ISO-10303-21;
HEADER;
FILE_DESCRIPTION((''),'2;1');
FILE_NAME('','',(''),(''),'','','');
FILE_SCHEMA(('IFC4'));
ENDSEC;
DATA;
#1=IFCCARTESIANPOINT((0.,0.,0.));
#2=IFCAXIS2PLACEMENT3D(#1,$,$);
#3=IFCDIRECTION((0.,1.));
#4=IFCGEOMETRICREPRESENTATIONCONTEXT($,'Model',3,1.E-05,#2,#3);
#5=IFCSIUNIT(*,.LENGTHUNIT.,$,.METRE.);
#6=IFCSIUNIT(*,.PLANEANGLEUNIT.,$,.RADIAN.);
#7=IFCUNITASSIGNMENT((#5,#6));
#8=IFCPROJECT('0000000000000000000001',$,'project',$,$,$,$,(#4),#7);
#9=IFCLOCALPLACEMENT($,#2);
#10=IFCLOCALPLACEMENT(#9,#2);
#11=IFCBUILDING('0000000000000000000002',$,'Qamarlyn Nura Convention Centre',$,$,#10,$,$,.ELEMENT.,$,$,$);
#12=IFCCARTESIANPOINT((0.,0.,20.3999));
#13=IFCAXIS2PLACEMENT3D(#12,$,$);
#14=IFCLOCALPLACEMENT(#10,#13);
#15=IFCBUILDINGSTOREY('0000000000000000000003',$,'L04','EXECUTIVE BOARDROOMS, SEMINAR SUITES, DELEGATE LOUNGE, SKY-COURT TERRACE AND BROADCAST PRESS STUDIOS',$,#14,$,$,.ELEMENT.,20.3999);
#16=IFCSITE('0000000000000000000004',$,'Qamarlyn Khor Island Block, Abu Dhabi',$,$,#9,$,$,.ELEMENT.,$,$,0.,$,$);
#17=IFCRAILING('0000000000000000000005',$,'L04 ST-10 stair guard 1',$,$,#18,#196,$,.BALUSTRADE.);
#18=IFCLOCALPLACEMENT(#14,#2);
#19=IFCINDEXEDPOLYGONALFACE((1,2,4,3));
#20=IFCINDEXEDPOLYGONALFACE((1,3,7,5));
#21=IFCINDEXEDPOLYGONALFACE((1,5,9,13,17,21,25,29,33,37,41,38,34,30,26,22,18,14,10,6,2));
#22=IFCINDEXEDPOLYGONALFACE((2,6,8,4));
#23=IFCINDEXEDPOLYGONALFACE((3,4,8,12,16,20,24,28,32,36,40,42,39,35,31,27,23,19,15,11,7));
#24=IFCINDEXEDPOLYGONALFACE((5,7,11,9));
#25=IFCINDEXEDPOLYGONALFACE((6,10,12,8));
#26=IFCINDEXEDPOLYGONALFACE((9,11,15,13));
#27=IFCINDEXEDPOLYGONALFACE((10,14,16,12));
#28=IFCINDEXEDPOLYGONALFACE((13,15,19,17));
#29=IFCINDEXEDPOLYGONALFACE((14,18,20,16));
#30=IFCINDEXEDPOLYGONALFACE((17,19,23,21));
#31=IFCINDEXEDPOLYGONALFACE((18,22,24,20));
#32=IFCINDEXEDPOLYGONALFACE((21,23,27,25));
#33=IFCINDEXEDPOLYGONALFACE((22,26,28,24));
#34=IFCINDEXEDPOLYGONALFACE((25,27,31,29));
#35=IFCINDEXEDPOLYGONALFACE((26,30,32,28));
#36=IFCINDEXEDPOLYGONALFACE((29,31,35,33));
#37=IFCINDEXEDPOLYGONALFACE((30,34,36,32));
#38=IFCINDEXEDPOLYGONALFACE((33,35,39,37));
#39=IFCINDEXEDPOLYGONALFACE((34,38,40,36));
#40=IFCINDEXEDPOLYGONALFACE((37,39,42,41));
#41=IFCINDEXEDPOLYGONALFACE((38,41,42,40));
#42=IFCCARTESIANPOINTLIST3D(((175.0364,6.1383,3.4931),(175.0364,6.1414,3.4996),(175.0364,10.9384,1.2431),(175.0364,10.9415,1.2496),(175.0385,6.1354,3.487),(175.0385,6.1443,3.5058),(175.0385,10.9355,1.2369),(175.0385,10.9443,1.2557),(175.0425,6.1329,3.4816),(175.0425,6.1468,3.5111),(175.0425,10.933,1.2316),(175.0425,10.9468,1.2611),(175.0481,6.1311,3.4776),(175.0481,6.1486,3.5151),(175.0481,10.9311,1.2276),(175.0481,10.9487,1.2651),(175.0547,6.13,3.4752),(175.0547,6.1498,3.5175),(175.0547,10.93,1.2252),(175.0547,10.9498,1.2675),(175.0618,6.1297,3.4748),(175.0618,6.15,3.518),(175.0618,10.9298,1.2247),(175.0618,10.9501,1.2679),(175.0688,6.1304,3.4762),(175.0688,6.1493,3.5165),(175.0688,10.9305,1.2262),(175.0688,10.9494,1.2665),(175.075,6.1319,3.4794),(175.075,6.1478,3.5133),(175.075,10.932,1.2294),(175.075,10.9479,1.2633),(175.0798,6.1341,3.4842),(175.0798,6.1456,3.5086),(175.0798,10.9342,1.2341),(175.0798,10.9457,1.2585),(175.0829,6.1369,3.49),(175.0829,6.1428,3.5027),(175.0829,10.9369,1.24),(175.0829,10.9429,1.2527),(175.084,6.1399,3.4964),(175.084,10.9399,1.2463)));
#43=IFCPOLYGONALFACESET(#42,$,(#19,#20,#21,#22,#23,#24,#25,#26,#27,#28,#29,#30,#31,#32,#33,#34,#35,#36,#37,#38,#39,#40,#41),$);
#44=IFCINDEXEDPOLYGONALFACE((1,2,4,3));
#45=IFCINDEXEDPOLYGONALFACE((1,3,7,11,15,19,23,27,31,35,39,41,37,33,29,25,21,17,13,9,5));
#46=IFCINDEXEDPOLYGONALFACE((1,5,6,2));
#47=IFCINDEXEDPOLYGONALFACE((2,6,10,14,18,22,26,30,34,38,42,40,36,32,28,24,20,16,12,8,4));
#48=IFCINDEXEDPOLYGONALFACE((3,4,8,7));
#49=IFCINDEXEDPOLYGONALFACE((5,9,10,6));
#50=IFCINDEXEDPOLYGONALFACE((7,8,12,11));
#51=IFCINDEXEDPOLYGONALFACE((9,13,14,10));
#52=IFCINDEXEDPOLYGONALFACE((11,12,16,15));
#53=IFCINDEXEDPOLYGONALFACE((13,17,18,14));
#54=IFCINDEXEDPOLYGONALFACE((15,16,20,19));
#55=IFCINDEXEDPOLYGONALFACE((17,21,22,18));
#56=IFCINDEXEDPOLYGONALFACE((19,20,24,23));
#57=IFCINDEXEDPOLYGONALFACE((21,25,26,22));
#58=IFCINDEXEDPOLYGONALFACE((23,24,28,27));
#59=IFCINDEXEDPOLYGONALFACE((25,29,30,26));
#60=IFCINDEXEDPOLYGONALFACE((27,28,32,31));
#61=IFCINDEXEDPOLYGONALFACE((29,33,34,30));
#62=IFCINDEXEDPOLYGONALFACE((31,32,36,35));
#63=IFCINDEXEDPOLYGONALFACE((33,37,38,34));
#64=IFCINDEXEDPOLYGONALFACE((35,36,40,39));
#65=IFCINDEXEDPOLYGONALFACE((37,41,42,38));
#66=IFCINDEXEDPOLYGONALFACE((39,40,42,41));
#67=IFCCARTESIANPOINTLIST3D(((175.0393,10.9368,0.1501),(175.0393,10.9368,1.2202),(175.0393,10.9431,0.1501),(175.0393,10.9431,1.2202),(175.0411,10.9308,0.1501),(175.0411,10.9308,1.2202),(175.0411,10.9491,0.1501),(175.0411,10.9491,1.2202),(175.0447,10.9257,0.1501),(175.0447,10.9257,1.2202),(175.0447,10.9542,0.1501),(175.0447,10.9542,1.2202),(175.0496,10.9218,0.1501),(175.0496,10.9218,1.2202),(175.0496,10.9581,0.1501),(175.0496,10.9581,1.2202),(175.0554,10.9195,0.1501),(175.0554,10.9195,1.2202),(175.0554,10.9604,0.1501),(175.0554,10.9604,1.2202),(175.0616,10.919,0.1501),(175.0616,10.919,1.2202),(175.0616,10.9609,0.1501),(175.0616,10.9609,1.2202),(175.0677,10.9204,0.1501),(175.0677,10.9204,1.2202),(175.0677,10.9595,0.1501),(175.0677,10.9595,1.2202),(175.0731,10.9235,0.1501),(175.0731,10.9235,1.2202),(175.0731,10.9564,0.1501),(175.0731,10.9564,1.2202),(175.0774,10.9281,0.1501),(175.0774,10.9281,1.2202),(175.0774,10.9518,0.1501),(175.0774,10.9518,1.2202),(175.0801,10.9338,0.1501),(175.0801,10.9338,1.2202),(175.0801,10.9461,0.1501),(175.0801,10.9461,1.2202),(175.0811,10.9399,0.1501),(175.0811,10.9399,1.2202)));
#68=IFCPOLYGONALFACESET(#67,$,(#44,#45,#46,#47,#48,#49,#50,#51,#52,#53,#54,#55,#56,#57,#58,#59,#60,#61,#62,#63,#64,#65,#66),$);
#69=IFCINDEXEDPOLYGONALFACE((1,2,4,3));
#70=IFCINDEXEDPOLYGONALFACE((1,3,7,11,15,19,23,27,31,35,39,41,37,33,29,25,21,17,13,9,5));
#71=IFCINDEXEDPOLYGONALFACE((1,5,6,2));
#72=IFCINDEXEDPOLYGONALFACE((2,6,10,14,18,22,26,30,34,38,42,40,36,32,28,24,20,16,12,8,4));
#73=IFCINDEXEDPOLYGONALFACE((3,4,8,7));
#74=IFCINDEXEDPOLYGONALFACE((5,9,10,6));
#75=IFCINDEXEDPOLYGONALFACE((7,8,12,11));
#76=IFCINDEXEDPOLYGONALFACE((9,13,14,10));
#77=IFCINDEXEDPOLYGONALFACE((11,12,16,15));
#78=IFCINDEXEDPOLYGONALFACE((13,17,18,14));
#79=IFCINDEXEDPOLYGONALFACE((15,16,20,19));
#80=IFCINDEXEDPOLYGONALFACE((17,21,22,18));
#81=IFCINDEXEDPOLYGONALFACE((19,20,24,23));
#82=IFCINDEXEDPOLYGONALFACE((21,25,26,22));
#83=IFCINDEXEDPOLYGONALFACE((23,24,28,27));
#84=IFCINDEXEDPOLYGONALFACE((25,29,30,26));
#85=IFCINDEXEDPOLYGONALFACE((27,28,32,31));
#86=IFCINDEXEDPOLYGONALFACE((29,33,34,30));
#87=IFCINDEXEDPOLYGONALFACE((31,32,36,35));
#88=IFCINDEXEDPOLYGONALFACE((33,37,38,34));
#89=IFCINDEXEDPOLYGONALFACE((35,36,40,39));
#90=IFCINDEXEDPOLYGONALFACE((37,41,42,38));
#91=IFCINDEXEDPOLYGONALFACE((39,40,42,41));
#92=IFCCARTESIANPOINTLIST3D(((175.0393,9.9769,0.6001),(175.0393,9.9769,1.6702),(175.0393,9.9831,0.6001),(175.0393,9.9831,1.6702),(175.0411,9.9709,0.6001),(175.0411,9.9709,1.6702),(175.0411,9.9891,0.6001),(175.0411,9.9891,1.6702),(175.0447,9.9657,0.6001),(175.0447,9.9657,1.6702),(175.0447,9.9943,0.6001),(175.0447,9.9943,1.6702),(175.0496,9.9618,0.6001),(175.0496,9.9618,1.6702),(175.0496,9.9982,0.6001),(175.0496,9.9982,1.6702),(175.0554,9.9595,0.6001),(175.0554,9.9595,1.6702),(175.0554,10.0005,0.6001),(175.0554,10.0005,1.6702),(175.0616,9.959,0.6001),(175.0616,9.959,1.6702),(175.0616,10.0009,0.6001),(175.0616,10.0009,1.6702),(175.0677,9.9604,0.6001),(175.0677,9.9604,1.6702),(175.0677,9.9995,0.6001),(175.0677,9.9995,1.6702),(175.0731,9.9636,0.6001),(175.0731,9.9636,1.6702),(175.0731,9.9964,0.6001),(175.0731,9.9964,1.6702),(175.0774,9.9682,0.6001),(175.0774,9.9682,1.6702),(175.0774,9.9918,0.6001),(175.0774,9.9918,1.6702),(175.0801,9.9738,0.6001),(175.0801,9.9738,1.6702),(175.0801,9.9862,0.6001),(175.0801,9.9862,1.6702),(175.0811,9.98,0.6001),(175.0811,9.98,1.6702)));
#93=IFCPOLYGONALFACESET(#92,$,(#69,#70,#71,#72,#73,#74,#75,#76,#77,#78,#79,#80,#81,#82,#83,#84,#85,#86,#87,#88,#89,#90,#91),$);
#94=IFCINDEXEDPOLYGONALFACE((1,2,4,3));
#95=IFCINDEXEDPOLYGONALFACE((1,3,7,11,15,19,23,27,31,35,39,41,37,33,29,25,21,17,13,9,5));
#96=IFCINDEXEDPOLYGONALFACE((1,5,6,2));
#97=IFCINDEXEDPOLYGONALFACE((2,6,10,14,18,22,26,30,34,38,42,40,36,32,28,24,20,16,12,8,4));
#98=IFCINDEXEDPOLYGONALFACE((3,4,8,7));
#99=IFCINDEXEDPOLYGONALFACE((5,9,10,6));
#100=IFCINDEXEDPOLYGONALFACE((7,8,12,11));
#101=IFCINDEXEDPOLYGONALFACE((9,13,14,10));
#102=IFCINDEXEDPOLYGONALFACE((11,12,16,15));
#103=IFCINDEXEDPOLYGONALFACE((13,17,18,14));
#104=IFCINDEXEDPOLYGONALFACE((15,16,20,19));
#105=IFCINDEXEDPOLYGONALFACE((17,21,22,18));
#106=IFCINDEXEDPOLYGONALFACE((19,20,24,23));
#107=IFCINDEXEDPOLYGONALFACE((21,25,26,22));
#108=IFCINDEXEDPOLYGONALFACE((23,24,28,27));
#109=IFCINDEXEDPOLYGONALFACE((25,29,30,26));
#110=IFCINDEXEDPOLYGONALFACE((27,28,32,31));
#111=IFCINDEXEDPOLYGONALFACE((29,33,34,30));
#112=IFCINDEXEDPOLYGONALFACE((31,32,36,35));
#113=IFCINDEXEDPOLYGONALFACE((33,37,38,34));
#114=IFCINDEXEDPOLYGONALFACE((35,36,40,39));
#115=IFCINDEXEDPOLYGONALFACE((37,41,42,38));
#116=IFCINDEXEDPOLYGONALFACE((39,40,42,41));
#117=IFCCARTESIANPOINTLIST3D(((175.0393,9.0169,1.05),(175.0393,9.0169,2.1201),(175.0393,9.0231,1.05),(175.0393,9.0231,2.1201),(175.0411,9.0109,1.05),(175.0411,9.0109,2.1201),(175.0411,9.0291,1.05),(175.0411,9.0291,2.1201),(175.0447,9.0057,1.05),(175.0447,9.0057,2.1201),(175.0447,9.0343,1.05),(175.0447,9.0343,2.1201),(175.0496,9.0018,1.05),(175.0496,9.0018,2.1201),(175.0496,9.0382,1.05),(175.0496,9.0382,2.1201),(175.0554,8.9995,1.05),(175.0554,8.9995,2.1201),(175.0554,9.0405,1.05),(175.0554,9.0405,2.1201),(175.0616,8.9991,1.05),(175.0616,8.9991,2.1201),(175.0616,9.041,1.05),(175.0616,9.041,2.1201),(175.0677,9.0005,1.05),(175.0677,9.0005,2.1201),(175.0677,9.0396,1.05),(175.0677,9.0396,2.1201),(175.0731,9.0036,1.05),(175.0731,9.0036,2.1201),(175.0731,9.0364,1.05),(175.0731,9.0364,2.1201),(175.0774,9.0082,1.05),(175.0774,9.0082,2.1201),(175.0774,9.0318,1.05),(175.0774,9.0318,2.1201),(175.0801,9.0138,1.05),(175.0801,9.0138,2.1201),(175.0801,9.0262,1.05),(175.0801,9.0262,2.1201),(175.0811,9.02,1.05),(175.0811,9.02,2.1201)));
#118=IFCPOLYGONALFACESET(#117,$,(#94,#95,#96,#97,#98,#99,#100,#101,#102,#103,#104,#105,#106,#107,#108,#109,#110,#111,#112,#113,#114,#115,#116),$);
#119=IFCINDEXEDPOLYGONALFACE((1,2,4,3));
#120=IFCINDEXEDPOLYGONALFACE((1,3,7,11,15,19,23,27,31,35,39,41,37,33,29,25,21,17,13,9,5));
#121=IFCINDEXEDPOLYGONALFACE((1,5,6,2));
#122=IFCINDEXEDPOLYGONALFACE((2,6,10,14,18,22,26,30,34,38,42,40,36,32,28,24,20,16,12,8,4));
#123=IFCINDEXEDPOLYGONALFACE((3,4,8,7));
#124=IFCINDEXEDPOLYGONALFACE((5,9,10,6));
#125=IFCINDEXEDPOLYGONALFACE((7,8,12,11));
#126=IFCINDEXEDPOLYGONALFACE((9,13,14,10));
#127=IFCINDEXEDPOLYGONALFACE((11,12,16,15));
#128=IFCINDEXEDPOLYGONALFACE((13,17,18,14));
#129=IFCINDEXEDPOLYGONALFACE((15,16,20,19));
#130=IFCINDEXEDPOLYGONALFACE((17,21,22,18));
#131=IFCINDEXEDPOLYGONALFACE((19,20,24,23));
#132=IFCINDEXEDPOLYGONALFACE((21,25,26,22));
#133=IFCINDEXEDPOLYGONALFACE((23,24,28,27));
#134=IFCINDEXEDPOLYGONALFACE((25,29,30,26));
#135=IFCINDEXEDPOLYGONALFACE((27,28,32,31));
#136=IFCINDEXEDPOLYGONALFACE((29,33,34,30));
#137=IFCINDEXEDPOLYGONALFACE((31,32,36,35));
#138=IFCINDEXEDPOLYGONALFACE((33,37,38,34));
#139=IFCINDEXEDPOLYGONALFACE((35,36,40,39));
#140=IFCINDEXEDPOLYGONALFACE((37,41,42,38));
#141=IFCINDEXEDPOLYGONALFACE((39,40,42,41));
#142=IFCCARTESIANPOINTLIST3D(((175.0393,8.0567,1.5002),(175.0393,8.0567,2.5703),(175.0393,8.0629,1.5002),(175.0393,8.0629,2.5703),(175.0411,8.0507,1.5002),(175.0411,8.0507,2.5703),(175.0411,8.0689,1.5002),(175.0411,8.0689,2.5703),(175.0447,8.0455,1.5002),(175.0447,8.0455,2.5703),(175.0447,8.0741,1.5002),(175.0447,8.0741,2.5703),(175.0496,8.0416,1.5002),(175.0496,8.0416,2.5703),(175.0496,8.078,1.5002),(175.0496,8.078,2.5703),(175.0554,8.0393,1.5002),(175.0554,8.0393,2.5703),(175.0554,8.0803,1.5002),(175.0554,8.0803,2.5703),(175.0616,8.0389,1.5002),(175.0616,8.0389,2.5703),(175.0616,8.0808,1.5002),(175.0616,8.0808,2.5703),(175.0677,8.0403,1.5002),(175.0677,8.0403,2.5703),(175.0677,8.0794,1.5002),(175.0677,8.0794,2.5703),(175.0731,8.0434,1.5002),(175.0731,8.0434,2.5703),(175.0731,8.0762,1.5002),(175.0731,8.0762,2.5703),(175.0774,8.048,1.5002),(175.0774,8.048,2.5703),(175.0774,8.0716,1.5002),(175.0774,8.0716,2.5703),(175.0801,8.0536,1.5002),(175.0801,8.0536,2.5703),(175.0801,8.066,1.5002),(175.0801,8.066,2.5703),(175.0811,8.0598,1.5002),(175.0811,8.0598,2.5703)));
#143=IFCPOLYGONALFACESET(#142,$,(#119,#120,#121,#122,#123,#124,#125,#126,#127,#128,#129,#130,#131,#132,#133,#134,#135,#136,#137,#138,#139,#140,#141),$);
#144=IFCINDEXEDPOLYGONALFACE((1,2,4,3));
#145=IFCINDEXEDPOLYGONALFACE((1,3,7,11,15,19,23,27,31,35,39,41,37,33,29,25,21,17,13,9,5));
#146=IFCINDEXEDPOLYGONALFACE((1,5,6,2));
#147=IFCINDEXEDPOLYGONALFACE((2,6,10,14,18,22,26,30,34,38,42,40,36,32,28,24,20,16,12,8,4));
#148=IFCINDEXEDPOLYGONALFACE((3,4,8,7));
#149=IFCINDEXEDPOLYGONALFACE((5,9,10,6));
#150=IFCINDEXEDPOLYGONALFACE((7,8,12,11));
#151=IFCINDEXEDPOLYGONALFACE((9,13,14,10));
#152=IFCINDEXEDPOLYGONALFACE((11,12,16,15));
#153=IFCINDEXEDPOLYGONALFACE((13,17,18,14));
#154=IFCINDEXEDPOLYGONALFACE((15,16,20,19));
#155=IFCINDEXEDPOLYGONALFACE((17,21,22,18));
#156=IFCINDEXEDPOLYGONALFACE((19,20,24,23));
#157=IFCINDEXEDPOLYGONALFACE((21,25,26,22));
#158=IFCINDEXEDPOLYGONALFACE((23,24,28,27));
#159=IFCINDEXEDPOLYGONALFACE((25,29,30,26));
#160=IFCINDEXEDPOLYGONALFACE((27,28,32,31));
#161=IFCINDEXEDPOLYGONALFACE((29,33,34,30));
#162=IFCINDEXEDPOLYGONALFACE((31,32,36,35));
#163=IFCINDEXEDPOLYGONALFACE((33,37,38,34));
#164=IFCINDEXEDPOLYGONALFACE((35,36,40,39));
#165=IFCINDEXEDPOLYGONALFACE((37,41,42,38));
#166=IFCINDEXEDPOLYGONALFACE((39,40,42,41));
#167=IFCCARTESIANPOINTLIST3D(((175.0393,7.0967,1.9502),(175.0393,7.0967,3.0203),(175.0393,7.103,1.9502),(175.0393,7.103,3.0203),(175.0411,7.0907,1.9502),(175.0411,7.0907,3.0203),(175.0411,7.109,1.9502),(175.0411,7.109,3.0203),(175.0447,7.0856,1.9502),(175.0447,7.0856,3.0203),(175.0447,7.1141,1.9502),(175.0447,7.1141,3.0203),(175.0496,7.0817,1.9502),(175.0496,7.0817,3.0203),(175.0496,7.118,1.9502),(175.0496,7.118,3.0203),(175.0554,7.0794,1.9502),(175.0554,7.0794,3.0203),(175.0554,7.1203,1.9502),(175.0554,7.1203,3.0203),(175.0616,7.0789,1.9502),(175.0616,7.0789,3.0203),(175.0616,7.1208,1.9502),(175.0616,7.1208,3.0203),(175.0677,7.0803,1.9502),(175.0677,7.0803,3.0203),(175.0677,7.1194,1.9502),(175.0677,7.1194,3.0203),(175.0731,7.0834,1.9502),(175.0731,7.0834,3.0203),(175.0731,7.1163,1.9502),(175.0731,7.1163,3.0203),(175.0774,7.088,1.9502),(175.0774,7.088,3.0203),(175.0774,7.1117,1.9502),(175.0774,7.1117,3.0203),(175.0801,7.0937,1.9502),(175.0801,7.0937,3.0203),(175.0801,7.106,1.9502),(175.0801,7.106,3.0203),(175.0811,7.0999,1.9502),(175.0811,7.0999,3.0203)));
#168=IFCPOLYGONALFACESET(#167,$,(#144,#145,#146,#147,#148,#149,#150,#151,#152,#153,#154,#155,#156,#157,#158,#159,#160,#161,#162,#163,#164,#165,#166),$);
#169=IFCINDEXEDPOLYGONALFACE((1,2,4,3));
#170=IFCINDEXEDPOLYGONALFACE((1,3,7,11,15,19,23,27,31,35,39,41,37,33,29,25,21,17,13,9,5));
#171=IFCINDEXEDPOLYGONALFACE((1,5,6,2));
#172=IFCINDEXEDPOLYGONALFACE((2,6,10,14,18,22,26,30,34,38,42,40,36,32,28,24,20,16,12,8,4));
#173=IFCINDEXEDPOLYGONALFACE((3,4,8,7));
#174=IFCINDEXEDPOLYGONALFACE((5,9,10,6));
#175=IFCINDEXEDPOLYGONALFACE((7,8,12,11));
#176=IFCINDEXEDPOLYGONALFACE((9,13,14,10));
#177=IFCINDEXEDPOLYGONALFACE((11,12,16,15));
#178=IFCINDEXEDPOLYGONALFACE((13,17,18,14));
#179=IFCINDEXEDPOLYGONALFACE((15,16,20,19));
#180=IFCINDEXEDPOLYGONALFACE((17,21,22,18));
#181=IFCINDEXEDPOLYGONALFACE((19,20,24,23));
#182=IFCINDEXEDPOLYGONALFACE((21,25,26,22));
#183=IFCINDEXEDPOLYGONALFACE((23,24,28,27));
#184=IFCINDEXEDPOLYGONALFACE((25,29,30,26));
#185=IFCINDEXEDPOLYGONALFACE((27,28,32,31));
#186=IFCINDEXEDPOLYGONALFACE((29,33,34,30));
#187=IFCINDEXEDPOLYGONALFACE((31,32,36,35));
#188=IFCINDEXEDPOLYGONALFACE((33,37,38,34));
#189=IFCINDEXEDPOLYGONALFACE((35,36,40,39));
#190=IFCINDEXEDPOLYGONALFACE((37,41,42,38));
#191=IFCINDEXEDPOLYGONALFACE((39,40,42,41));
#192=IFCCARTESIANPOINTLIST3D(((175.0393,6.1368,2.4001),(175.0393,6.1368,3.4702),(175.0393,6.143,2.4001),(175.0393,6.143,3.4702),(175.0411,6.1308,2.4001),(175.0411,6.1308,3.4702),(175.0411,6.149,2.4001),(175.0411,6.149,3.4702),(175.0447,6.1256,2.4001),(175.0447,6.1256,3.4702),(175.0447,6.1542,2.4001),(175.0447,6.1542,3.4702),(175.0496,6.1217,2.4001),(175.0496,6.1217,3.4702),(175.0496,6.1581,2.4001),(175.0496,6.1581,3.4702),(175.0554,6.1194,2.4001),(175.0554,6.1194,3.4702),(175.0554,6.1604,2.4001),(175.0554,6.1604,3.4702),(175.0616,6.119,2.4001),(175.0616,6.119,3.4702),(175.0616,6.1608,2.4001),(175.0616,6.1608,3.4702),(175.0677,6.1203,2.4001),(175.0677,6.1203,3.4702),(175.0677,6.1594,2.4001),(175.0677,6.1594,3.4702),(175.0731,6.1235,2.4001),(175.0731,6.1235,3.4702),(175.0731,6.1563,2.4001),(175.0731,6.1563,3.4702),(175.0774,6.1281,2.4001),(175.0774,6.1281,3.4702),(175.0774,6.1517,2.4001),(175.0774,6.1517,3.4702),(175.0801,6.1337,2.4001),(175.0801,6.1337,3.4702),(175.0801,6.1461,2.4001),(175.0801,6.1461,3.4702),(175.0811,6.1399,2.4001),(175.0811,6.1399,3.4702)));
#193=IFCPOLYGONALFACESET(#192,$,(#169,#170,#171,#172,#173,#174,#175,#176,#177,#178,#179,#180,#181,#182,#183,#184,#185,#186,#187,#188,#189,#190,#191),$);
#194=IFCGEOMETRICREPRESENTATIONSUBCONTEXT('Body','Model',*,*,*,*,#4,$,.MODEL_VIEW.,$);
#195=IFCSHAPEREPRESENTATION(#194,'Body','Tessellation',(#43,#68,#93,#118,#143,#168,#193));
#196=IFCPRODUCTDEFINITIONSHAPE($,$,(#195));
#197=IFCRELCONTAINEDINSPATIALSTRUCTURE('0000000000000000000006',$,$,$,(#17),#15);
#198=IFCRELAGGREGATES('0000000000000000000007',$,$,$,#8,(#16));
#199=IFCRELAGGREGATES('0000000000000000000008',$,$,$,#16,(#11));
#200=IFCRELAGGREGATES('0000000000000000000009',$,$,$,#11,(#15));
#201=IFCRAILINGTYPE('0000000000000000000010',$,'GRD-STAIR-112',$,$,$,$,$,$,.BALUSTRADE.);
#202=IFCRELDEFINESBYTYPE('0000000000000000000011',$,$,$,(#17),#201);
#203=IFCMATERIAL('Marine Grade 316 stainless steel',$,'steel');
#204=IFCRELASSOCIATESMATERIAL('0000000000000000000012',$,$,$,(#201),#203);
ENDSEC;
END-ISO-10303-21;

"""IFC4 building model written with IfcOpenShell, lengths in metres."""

from ifc_helpers import new_model, si_unit, direction, frame, origin, origin_2d, place, context, subcontext, project, spatial, circle, extrude, material, type_object, element, save


model = new_model("IFC4")

# Units and contexts
model_context = context("Model", 3, precision=1e-05, world=origin(), true_north=direction((0.0, 1.0)))
body_context = subcontext(model_context, "Body", "Model", "MODEL_VIEW")
ifc_project = project(units=[si_unit("LENGTHUNIT", "METRE"), si_unit("PLANEANGLEUNIT", "RADIAN")], contexts=[model_context])

# Site, building, storey
site_placement = place(None, origin())
site = spatial("IfcSite", under=ifc_project, at=site_placement, Name="Qamarlyn Khor Island Block, Abu Dhabi", CompositionType="ELEMENT", RefElevation=0.0)
building_placement = place(site_placement, origin())
building = spatial("IfcBuilding", under=site, at=building_placement, Name="Qamarlyn Nura Convention Centre", CompositionType="ELEMENT")
storey_placement = place(building_placement, frame((0.0, 0.0, 20.3999)))
storey = spatial("IfcBuildingStorey", under=building, at=storey_placement, Name="L04", Description="EXECUTIVE BOARDROOMS, SEMINAR SUITES, DELEGATE LOUNGE, SKY-COURT TERRACE AND BROADCAST PRESS STUDIOS", CompositionType="ELEMENT", Elevation=20.3999)

# Railing
ifc_material_1 = material(Name="Marine Grade 316 stainless steel", Category="steel")
railing_type_1 = type_object("IfcRailingType", Name="GRD-STAIR-112", PredefinedType="BALUSTRADE", material=ifc_material_1)
railing_1_placement = place(storey_placement, frame((175.0601, 10.9399, 0.1501)))
element("IfcRailing", 1, at=railing_1_placement, inside=storey, type_object=railing_type_1, Name="L04 ST-10 stair guard 1", PredefinedType="BALUSTRADE", context=body_context, shape_type="SweptSolid", body=[
    extrude(circle(Radius=0.0239, at=origin_2d()), frame((0.0, 0.0, 1.0962), z_axis=(0.0, -0.905461, 0.42443), x_axis=(1.0, 0.0, 0.0)), (0.0, 0.0, 1.0), 5.3013),
    extrude(circle(Radius=0.021, at=origin_2d()), origin(), (0.0, 0.0, 1.0), 1.0701),
    extrude(circle(Radius=0.021, at=origin_2d()), frame((0.0, -0.96, 0.45)), (0.0, 0.0, 1.0), 1.0701),
    extrude(circle(Radius=0.021, at=origin_2d()), frame((0.0, -1.9199, 0.8999)), (0.0, 0.0, 1.0), 1.0701),
    extrude(circle(Radius=0.021, at=origin_2d()), frame((0.0, -2.8801, 1.3501)), (0.0, 0.0, 1.0), 1.0701),
    extrude(circle(Radius=0.021, at=origin_2d()), frame((0.0, -3.8401, 1.8)), (0.0, 0.0, 1.0), 1.0701),
    extrude(circle(Radius=0.021, at=origin_2d()), frame((0.0, -4.8, 2.25)), (0.0, 0.0, 1.0), 1.0701),
])

save(model, "model.ifc")
